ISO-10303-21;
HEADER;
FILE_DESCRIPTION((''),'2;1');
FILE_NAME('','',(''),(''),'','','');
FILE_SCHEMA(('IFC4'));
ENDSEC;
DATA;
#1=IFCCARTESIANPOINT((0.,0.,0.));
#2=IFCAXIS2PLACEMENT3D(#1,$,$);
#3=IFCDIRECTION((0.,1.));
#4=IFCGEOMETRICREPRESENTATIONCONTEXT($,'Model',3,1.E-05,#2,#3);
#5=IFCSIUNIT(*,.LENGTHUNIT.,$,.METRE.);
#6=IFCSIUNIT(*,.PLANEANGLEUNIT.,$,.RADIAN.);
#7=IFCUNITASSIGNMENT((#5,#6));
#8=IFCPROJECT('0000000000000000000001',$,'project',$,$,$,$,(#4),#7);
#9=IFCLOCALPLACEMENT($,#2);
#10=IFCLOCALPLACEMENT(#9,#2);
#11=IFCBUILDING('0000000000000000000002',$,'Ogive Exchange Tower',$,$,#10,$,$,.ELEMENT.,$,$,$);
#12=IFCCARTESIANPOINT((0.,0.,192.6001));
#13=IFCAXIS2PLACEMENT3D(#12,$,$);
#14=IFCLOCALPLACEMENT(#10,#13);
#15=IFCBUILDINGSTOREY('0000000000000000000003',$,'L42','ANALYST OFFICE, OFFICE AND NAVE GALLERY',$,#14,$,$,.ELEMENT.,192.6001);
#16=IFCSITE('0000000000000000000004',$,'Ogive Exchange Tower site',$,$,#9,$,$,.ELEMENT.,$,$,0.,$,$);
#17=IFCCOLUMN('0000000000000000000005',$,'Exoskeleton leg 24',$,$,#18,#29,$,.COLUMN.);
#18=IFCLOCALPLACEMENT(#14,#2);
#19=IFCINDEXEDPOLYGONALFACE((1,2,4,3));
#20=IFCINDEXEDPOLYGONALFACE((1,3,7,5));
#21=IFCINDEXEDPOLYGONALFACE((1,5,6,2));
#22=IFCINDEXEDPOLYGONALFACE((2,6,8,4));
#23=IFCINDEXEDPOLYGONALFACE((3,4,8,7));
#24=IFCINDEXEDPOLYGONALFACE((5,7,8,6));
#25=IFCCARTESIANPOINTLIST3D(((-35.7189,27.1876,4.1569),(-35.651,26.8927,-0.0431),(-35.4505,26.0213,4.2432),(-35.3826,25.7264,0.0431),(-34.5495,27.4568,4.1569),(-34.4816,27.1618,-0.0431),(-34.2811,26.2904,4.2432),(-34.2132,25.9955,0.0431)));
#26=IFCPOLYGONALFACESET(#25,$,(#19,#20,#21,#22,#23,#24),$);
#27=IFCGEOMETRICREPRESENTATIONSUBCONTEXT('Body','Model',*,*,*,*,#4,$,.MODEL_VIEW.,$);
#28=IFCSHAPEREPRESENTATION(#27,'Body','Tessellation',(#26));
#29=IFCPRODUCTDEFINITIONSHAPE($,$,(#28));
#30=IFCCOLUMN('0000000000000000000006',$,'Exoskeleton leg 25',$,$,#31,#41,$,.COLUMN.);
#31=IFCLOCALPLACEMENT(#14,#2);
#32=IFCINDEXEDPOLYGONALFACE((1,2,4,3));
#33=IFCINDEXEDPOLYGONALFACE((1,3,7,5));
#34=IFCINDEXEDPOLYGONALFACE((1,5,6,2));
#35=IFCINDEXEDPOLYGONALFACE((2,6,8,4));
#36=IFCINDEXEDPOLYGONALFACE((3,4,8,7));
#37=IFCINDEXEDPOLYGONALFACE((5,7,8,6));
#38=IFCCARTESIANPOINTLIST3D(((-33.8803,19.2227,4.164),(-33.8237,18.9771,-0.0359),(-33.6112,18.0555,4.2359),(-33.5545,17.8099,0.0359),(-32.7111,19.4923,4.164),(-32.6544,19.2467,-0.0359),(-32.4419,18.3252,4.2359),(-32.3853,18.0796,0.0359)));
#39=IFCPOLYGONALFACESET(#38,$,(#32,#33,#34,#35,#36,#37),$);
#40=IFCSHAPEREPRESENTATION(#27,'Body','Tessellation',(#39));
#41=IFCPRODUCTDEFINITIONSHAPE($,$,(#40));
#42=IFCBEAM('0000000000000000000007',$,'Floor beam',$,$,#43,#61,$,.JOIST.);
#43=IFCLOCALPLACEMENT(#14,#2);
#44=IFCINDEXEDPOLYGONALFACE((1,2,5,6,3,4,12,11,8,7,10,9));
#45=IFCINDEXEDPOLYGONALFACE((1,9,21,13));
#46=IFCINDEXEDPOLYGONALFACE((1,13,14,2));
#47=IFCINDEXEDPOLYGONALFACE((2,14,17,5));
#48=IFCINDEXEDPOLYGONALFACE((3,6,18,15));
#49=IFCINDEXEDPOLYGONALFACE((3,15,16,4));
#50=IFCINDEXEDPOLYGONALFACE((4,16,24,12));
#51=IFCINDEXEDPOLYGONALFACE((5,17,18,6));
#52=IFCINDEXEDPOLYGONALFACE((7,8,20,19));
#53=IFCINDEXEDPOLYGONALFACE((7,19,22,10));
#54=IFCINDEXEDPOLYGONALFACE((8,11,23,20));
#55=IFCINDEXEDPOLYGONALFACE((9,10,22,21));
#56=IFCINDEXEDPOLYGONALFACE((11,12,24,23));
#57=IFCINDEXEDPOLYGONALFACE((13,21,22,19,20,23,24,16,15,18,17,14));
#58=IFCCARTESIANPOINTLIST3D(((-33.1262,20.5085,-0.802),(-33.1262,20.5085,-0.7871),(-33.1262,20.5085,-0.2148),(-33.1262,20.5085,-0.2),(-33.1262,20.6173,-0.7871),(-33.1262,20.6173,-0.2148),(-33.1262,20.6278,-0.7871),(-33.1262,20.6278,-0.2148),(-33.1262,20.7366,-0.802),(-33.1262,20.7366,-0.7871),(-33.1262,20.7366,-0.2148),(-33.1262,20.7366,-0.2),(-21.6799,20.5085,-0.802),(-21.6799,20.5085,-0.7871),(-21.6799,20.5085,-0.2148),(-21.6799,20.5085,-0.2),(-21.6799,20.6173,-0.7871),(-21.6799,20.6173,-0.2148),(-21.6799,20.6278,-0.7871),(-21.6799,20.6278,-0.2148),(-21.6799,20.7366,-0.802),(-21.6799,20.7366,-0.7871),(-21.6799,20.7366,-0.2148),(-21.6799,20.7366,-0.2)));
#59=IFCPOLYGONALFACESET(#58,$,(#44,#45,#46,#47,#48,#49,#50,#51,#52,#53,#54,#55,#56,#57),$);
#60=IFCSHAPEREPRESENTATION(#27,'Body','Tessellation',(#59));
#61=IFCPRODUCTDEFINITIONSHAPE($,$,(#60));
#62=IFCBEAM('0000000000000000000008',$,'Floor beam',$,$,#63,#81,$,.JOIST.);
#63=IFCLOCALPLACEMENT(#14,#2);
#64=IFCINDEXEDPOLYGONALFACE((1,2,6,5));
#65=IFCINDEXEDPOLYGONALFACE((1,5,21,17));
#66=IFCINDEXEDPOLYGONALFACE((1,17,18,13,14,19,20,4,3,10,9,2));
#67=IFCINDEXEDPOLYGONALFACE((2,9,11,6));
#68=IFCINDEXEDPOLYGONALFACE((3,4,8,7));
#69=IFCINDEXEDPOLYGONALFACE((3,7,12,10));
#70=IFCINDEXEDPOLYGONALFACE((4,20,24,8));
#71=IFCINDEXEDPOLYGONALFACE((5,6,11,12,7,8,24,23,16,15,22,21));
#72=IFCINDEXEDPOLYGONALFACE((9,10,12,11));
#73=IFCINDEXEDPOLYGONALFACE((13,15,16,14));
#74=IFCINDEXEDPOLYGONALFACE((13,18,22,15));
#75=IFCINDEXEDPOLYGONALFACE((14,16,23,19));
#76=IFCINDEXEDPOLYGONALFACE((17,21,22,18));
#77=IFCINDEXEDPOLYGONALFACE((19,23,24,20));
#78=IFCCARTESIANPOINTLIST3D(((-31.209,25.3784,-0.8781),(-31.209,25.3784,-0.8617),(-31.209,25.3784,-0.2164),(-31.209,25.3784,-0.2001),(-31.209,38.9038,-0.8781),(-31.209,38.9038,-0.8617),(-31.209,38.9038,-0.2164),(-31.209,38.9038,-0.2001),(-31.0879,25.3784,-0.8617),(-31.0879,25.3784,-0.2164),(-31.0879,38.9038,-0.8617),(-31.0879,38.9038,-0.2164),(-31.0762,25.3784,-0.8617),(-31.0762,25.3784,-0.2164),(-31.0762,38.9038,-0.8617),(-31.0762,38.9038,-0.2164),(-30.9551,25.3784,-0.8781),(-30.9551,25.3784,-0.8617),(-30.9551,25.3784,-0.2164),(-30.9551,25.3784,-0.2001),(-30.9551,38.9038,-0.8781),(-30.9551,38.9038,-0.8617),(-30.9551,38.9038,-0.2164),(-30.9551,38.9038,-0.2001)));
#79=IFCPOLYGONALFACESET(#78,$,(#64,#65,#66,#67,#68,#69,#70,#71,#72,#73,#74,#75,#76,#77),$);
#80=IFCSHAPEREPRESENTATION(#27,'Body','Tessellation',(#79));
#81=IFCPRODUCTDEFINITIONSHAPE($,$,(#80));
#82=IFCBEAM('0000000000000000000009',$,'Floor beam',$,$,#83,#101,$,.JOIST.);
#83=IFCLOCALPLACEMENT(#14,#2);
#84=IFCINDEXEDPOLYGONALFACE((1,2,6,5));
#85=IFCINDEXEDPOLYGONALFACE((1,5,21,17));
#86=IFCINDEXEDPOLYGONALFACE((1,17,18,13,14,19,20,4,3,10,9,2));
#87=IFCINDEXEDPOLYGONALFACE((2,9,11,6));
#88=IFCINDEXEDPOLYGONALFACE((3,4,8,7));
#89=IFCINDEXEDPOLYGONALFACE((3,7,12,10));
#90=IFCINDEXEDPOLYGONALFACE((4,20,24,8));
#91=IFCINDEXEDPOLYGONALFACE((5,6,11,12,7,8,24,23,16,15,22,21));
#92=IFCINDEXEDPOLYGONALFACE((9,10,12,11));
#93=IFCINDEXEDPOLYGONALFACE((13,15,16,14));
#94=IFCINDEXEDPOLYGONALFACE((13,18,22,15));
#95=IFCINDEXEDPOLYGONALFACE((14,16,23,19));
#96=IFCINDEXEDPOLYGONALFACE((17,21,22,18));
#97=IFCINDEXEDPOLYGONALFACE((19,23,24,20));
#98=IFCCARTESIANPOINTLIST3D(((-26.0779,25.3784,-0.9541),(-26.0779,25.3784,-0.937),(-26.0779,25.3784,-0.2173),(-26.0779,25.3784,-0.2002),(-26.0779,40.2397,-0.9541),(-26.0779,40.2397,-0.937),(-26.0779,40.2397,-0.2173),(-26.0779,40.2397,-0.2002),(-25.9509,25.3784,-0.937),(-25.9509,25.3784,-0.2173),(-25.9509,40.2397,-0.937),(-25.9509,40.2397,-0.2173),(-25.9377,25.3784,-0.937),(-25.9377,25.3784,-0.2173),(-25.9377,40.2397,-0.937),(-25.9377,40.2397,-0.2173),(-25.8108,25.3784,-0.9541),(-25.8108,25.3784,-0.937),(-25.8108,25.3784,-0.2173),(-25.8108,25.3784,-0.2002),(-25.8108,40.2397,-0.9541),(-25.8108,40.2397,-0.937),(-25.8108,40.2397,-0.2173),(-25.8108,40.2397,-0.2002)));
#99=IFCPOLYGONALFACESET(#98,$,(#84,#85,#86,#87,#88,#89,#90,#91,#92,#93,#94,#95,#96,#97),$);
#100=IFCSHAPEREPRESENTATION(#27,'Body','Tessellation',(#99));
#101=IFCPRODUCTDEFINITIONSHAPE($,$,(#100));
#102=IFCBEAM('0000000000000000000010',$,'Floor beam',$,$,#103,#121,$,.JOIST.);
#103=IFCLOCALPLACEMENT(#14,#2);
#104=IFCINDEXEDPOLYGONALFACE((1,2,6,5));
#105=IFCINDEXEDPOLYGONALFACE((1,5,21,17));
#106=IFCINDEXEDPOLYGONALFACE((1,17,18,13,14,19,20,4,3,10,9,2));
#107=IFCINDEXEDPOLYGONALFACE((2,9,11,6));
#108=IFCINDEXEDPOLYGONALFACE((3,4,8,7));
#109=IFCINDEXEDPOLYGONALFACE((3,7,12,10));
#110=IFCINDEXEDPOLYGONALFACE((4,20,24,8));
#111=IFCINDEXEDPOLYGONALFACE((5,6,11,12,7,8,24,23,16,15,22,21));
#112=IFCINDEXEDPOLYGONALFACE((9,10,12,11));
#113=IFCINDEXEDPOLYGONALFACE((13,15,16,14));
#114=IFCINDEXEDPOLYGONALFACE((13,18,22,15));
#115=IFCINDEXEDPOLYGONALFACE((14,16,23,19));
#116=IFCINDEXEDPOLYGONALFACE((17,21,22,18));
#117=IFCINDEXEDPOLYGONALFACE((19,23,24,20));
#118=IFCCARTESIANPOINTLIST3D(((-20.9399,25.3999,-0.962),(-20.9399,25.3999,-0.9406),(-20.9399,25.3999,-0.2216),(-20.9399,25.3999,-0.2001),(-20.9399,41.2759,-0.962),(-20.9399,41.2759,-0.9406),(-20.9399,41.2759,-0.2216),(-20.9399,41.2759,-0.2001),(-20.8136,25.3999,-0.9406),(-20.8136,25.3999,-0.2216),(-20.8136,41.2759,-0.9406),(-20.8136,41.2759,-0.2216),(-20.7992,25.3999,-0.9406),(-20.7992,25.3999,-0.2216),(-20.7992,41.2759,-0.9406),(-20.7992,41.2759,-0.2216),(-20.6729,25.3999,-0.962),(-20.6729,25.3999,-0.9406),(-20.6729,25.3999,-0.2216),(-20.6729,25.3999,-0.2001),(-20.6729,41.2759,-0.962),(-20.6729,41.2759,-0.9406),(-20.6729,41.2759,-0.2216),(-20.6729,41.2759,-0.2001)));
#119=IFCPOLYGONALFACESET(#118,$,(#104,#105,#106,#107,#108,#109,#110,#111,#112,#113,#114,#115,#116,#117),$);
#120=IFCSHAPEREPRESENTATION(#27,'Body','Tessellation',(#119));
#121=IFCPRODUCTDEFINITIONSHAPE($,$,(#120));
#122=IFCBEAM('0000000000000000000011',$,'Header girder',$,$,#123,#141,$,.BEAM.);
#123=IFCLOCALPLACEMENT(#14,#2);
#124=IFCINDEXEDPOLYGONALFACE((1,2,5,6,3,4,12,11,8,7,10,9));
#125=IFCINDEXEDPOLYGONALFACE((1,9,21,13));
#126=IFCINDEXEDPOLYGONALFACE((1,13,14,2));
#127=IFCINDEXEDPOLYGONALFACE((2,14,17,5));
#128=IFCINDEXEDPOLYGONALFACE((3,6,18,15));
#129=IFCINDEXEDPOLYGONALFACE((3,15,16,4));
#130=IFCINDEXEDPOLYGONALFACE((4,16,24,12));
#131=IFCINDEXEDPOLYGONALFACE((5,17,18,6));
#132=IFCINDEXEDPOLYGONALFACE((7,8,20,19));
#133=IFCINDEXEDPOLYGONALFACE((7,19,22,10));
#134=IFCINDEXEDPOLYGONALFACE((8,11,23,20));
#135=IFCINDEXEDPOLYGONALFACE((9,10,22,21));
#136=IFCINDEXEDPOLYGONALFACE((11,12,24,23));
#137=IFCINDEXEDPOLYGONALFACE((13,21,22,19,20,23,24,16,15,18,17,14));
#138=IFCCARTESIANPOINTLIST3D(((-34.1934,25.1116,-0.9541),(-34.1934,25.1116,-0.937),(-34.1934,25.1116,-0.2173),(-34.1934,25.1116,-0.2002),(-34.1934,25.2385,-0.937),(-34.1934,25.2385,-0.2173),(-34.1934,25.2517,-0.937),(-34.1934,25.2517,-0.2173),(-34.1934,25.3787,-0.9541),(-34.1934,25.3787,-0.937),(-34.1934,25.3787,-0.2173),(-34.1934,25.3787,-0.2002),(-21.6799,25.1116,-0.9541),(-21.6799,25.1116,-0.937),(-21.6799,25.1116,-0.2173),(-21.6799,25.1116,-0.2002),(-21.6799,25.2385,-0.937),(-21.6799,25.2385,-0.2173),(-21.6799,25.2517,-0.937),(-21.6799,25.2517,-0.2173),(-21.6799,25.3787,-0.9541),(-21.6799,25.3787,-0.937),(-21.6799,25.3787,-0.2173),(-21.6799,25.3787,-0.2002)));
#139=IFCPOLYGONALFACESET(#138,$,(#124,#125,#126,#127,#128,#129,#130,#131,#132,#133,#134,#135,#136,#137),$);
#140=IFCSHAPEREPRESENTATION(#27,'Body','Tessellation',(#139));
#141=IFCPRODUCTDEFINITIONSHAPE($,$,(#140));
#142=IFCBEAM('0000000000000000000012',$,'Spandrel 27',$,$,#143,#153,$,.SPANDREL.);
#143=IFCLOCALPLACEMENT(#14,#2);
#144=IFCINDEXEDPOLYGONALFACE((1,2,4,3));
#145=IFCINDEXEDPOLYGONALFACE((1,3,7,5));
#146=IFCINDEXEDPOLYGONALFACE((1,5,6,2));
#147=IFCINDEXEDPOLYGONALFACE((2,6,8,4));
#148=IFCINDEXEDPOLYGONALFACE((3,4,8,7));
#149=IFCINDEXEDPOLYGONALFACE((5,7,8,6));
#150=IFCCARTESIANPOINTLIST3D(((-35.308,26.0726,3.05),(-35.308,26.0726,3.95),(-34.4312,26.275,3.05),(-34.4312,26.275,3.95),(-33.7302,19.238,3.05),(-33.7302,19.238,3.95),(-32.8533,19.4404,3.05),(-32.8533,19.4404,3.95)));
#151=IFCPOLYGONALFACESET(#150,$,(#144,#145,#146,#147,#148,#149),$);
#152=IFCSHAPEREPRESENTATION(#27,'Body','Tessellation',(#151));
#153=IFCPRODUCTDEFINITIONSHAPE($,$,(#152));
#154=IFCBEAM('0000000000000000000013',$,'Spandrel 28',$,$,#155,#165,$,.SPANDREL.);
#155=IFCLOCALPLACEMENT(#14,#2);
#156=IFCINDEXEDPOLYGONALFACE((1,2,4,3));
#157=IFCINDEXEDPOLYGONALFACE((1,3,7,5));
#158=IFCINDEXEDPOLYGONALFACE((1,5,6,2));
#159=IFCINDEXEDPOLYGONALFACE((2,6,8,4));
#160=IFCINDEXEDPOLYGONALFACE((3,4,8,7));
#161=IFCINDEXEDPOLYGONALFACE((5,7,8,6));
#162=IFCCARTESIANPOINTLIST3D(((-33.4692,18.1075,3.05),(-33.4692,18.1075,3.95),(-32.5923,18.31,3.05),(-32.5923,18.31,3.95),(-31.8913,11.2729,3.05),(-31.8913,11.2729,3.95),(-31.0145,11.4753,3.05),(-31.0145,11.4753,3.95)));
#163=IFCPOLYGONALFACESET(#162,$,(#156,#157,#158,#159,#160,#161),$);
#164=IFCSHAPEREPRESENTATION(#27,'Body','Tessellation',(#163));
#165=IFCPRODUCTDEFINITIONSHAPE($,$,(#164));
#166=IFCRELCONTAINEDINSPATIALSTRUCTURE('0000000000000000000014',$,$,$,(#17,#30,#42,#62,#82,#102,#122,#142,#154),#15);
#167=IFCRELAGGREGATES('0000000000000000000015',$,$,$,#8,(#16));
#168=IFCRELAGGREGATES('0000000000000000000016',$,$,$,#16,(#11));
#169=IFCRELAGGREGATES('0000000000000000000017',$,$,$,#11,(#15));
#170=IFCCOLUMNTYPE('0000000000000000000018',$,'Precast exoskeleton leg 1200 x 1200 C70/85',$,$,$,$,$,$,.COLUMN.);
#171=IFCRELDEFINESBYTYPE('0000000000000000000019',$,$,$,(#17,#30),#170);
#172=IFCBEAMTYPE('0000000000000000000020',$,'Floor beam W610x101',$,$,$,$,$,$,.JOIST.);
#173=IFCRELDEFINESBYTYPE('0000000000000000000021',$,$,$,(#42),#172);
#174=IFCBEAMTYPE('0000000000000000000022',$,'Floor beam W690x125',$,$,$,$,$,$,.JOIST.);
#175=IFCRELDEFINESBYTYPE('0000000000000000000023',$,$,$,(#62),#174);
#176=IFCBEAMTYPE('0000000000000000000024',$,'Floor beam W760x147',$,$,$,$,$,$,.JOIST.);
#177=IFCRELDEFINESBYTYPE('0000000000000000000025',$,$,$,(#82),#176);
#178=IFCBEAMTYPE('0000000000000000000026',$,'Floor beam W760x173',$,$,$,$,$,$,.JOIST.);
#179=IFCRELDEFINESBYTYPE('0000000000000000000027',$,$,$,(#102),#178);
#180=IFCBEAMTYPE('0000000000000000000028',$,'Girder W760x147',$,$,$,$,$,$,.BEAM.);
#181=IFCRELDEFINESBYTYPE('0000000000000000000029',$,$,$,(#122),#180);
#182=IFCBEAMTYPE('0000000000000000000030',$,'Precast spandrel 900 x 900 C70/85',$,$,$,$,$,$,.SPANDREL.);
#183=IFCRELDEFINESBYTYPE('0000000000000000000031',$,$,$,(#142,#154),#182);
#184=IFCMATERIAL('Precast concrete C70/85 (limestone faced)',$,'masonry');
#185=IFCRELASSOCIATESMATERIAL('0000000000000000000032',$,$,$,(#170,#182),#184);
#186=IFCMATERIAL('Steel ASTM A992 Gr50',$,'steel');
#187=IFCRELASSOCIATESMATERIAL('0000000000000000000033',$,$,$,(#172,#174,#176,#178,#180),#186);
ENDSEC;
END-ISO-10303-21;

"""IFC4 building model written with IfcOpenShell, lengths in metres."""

from ifc_helpers import new_model, si_unit, direction, frame, origin, origin_2d, place, context, subcontext, project, spatial, rectangle, i_section, extrude, material, material_profile, profile_set, type_object, element, save


model = new_model("IFC4")

# Units and contexts
model_context = context("Model", 3, precision=1e-05, world=origin(), true_north=direction((0.0, 1.0)))
body_context = subcontext(model_context, "Body", "Model", "MODEL_VIEW")
ifc_project = project(units=[si_unit("LENGTHUNIT", "METRE"), si_unit("PLANEANGLEUNIT", "RADIAN")], contexts=[model_context])

# Site, building, storey
site_placement = place(None, origin())
site = spatial("IfcSite", under=ifc_project, at=site_placement, Name="Ogive Exchange Tower site", CompositionType="ELEMENT", RefElevation=0.0)
building_placement = place(site_placement, origin())
building = spatial("IfcBuilding", under=site, at=building_placement, Name="Ogive Exchange Tower", CompositionType="ELEMENT")
storey_placement = place(building_placement, frame((0.0, 0.0, 192.6001)))
storey = spatial("IfcBuildingStorey", under=building, at=storey_placement, Name="L42", Description="ANALYST OFFICE, OFFICE AND NAVE GALLERY", CompositionType="ELEMENT", Elevation=192.6001)

# Columns
ifc_material_1 = material(Name="Precast concrete C70/85 (limestone faced)", Category="masonry")
ifc_material_profile_1 = material_profile(ifc_material_1, rectangle(XDim=1.2, YDim=1.2, at=origin_2d()), Name="1200 x 1200")
ifc_profile_set_1 = profile_set([ifc_material_profile_1], Name="Precast concrete C70/85 (limestone faced)")
column_type = type_object("IfcColumnType", Name="Precast exoskeleton leg 1200 x 1200 C70/85", PredefinedType="COLUMN", material=ifc_profile_set_1)
column_1_placement = place(storey_placement, frame((-34.9321, 26.4441, 0.0), z_axis=(-0.016118, 0.070039, 0.997414), x_axis=(-0.974527, -0.22427, 0.0)))
element("IfcColumn", 1, at=column_1_placement, inside=storey, type_object=column_type, Name="Exoskeleton leg 24", PredefinedType="COLUMN", context=body_context, shape_type="SweptSolid", body=[
    extrude(rectangle(XDim=1.2, YDim=1.2, at=origin_2d()), origin(), (0.0, 0.0, 1.0), 4.2109),
])
column_2_placement = place(storey_placement, frame((-33.1045, 18.5283, 0.0), z_axis=(-0.013462, 0.058373, 0.998204), x_axis=(-0.974424, -0.224718, 0.0)))
element("IfcColumn", 2, at=column_2_placement, inside=storey, type_object=column_type, Name="Exoskeleton leg 25", PredefinedType="COLUMN", context=body_context, shape_type="SweptSolid", body=[
    extrude(rectangle(XDim=1.2, YDim=1.2, at=origin_2d()), origin(), (0.0, 0.0, 1.0), 4.2075),
])

# Beams
ifc_material_2 = material(Name="Steel ASTM A992 Gr50", Category="steel")
ifc_material_profile_2 = material_profile(ifc_material_2, i_section(OverallWidth=0.228, OverallDepth=0.6021, WebThickness=0.0105, FlangeThickness=0.0149, at=origin_2d()), Name="W610x101")
ifc_profile_set_2 = profile_set([ifc_material_profile_2], Name="Steel ASTM A992 Gr50")
beam_type_1 = type_object("IfcBeamType", Name="Floor beam W610x101", PredefinedType="JOIST", material=ifc_profile_set_2)
beam_1_placement = place(storey_placement, frame((-33.1262, 20.6226, -0.501), z_axis=(1.0, 0.0, 0.0), x_axis=(0.0, 1.0, 0.0)))
element("IfcBeam", 3, at=beam_1_placement, inside=storey, type_object=beam_type_1, Name="Floor beam", PredefinedType="JOIST", context=body_context, shape_type="SweptSolid", body=[
    extrude(i_section(OverallWidth=0.228, OverallDepth=0.6021, WebThickness=0.0105, FlangeThickness=0.0149, at=origin_2d()), origin(), (0.0, 0.0, 1.0), 11.4463),
])
ifc_material_profile_3 = material_profile(ifc_material_2, i_section(OverallWidth=0.2539, OverallDepth=0.678, WebThickness=0.0117, FlangeThickness=0.0164, at=origin_2d()), Name="W690x125")
ifc_profile_set_3 = profile_set([ifc_material_profile_3], Name="Steel ASTM A992 Gr50")
beam_type_2 = type_object("IfcBeamType", Name="Floor beam W690x125", PredefinedType="JOIST", material=ifc_profile_set_3)
beam_2_placement = place(storey_placement, frame((-31.082, 25.3784, -0.5391), z_axis=(0.0, 1.0, 0.0), x_axis=(-1.0, 0.0, 0.0)))
element("IfcBeam", 4, at=beam_2_placement, inside=storey, type_object=beam_type_2, Name="Floor beam", PredefinedType="JOIST", context=body_context, shape_type="SweptSolid", body=[
    extrude(i_section(OverallWidth=0.2539, OverallDepth=0.678, WebThickness=0.0117, FlangeThickness=0.0164, at=origin_2d()), origin(), (0.0, 0.0, 1.0), 13.5254),
])
ifc_material_profile_4 = material_profile(ifc_material_2, i_section(OverallWidth=0.2671, OverallDepth=0.7539, WebThickness=0.0132, FlangeThickness=0.0171, at=origin_2d()), Name="W760x147")
ifc_profile_set_4 = profile_set([ifc_material_profile_4], Name="Steel ASTM A992 Gr50")
beam_type_3 = type_object("IfcBeamType", Name="Floor beam W760x147", PredefinedType="JOIST", material=ifc_profile_set_4)
beam_3_placement = place(storey_placement, frame((-25.9443, 25.3784, -0.5771), z_axis=(0.0, 1.0, 0.0), x_axis=(-1.0, 0.0, 0.0)))
element("IfcBeam", 5, at=beam_3_placement, inside=storey, type_object=beam_type_3, Name="Floor beam", PredefinedType="JOIST", context=body_context, shape_type="SweptSolid", body=[
    extrude(i_section(OverallWidth=0.2671, OverallDepth=0.7539, WebThickness=0.0132, FlangeThickness=0.0171, at=origin_2d()), origin(), (0.0, 0.0, 1.0), 14.8613),
])
ifc_material_profile_5 = material_profile(ifc_material_2, i_section(OverallWidth=0.2671, OverallDepth=0.762, WebThickness=0.0144, FlangeThickness=0.0215, at=origin_2d()), Name="W760x173")
ifc_profile_set_5 = profile_set([ifc_material_profile_5], Name="Steel ASTM A992 Gr50")
beam_type_4 = type_object("IfcBeamType", Name="Floor beam W760x173", PredefinedType="JOIST", material=ifc_profile_set_5)
beam_4_placement = place(storey_placement, frame((-20.8064, 25.3999, -0.5811), z_axis=(0.0, 1.0, 0.0), x_axis=(-1.0, 0.0, 0.0)))
element("IfcBeam", 6, at=beam_4_placement, inside=storey, type_object=beam_type_4, Name="Floor beam", PredefinedType="JOIST", context=body_context, shape_type="SweptSolid", body=[
    extrude(i_section(OverallWidth=0.2671, OverallDepth=0.762, WebThickness=0.0144, FlangeThickness=0.0215, at=origin_2d()), origin(), (0.0, 0.0, 1.0), 15.876),
])
ifc_material_profile_6 = material_profile(ifc_material_2, i_section(OverallWidth=0.2671, OverallDepth=0.7539, WebThickness=0.0132, FlangeThickness=0.0171, at=origin_2d()), Name="W760x147")
ifc_profile_set_6 = profile_set([ifc_material_profile_6], Name="Steel ASTM A992 Gr50")
beam_type_5 = type_object("IfcBeamType", Name="Girder W760x147", PredefinedType="BEAM", material=ifc_profile_set_6)
beam_5_placement = place(storey_placement, frame((-34.1934, 25.2451, -0.5771), z_axis=(1.0, 0.0, 0.0), x_axis=(0.0, 1.0, 0.0)))
element("IfcBeam", 7, at=beam_5_placement, inside=storey, type_object=beam_type_5, Name="Header girder", PredefinedType="BEAM", context=body_context, shape_type="SweptSolid", body=[
    extrude(i_section(OverallWidth=0.2671, OverallDepth=0.7539, WebThickness=0.0132, FlangeThickness=0.0171, at=origin_2d()), origin(), (0.0, 0.0, 1.0), 12.5134),
])
ifc_material_profile_7 = material_profile(ifc_material_1, rectangle(XDim=0.8999, YDim=0.8999, at=origin_2d()), Name="900 x 900")
ifc_profile_set_7 = profile_set([ifc_material_profile_7], Name="Precast concrete C70/85 (limestone faced)")
beam_type_6 = type_object("IfcBeamType", Name="Precast spandrel 900 x 900 C70/85", PredefinedType="SPANDREL", material=ifc_profile_set_7)
for number, where, z_axis, x_axis, name in (
    (8, (-34.8696, 26.1738, 3.5), (0.224946, -0.974371, 0.0), (0.974371, 0.224946, 0.0), "Spandrel 27"),
    (9, (-33.0308, 18.2087, 3.5), (0.224946, -0.974371, 0.0), (0.974371, 0.224946, 0.0), "Spandrel 28"),
):
    element("IfcBeam", number, at=place(storey_placement, frame(where, z_axis=z_axis, x_axis=x_axis)), inside=storey, type_object=beam_type_6, Name=name, PredefinedType="SPANDREL", context=body_context, shape_type="SweptSolid", body=[
        extrude(rectangle(XDim=0.8999, YDim=0.8999, at=origin_2d()), origin(), (0.0, 0.0, 1.0), 7.0144),
    ])

save(model, "model.ifc")
